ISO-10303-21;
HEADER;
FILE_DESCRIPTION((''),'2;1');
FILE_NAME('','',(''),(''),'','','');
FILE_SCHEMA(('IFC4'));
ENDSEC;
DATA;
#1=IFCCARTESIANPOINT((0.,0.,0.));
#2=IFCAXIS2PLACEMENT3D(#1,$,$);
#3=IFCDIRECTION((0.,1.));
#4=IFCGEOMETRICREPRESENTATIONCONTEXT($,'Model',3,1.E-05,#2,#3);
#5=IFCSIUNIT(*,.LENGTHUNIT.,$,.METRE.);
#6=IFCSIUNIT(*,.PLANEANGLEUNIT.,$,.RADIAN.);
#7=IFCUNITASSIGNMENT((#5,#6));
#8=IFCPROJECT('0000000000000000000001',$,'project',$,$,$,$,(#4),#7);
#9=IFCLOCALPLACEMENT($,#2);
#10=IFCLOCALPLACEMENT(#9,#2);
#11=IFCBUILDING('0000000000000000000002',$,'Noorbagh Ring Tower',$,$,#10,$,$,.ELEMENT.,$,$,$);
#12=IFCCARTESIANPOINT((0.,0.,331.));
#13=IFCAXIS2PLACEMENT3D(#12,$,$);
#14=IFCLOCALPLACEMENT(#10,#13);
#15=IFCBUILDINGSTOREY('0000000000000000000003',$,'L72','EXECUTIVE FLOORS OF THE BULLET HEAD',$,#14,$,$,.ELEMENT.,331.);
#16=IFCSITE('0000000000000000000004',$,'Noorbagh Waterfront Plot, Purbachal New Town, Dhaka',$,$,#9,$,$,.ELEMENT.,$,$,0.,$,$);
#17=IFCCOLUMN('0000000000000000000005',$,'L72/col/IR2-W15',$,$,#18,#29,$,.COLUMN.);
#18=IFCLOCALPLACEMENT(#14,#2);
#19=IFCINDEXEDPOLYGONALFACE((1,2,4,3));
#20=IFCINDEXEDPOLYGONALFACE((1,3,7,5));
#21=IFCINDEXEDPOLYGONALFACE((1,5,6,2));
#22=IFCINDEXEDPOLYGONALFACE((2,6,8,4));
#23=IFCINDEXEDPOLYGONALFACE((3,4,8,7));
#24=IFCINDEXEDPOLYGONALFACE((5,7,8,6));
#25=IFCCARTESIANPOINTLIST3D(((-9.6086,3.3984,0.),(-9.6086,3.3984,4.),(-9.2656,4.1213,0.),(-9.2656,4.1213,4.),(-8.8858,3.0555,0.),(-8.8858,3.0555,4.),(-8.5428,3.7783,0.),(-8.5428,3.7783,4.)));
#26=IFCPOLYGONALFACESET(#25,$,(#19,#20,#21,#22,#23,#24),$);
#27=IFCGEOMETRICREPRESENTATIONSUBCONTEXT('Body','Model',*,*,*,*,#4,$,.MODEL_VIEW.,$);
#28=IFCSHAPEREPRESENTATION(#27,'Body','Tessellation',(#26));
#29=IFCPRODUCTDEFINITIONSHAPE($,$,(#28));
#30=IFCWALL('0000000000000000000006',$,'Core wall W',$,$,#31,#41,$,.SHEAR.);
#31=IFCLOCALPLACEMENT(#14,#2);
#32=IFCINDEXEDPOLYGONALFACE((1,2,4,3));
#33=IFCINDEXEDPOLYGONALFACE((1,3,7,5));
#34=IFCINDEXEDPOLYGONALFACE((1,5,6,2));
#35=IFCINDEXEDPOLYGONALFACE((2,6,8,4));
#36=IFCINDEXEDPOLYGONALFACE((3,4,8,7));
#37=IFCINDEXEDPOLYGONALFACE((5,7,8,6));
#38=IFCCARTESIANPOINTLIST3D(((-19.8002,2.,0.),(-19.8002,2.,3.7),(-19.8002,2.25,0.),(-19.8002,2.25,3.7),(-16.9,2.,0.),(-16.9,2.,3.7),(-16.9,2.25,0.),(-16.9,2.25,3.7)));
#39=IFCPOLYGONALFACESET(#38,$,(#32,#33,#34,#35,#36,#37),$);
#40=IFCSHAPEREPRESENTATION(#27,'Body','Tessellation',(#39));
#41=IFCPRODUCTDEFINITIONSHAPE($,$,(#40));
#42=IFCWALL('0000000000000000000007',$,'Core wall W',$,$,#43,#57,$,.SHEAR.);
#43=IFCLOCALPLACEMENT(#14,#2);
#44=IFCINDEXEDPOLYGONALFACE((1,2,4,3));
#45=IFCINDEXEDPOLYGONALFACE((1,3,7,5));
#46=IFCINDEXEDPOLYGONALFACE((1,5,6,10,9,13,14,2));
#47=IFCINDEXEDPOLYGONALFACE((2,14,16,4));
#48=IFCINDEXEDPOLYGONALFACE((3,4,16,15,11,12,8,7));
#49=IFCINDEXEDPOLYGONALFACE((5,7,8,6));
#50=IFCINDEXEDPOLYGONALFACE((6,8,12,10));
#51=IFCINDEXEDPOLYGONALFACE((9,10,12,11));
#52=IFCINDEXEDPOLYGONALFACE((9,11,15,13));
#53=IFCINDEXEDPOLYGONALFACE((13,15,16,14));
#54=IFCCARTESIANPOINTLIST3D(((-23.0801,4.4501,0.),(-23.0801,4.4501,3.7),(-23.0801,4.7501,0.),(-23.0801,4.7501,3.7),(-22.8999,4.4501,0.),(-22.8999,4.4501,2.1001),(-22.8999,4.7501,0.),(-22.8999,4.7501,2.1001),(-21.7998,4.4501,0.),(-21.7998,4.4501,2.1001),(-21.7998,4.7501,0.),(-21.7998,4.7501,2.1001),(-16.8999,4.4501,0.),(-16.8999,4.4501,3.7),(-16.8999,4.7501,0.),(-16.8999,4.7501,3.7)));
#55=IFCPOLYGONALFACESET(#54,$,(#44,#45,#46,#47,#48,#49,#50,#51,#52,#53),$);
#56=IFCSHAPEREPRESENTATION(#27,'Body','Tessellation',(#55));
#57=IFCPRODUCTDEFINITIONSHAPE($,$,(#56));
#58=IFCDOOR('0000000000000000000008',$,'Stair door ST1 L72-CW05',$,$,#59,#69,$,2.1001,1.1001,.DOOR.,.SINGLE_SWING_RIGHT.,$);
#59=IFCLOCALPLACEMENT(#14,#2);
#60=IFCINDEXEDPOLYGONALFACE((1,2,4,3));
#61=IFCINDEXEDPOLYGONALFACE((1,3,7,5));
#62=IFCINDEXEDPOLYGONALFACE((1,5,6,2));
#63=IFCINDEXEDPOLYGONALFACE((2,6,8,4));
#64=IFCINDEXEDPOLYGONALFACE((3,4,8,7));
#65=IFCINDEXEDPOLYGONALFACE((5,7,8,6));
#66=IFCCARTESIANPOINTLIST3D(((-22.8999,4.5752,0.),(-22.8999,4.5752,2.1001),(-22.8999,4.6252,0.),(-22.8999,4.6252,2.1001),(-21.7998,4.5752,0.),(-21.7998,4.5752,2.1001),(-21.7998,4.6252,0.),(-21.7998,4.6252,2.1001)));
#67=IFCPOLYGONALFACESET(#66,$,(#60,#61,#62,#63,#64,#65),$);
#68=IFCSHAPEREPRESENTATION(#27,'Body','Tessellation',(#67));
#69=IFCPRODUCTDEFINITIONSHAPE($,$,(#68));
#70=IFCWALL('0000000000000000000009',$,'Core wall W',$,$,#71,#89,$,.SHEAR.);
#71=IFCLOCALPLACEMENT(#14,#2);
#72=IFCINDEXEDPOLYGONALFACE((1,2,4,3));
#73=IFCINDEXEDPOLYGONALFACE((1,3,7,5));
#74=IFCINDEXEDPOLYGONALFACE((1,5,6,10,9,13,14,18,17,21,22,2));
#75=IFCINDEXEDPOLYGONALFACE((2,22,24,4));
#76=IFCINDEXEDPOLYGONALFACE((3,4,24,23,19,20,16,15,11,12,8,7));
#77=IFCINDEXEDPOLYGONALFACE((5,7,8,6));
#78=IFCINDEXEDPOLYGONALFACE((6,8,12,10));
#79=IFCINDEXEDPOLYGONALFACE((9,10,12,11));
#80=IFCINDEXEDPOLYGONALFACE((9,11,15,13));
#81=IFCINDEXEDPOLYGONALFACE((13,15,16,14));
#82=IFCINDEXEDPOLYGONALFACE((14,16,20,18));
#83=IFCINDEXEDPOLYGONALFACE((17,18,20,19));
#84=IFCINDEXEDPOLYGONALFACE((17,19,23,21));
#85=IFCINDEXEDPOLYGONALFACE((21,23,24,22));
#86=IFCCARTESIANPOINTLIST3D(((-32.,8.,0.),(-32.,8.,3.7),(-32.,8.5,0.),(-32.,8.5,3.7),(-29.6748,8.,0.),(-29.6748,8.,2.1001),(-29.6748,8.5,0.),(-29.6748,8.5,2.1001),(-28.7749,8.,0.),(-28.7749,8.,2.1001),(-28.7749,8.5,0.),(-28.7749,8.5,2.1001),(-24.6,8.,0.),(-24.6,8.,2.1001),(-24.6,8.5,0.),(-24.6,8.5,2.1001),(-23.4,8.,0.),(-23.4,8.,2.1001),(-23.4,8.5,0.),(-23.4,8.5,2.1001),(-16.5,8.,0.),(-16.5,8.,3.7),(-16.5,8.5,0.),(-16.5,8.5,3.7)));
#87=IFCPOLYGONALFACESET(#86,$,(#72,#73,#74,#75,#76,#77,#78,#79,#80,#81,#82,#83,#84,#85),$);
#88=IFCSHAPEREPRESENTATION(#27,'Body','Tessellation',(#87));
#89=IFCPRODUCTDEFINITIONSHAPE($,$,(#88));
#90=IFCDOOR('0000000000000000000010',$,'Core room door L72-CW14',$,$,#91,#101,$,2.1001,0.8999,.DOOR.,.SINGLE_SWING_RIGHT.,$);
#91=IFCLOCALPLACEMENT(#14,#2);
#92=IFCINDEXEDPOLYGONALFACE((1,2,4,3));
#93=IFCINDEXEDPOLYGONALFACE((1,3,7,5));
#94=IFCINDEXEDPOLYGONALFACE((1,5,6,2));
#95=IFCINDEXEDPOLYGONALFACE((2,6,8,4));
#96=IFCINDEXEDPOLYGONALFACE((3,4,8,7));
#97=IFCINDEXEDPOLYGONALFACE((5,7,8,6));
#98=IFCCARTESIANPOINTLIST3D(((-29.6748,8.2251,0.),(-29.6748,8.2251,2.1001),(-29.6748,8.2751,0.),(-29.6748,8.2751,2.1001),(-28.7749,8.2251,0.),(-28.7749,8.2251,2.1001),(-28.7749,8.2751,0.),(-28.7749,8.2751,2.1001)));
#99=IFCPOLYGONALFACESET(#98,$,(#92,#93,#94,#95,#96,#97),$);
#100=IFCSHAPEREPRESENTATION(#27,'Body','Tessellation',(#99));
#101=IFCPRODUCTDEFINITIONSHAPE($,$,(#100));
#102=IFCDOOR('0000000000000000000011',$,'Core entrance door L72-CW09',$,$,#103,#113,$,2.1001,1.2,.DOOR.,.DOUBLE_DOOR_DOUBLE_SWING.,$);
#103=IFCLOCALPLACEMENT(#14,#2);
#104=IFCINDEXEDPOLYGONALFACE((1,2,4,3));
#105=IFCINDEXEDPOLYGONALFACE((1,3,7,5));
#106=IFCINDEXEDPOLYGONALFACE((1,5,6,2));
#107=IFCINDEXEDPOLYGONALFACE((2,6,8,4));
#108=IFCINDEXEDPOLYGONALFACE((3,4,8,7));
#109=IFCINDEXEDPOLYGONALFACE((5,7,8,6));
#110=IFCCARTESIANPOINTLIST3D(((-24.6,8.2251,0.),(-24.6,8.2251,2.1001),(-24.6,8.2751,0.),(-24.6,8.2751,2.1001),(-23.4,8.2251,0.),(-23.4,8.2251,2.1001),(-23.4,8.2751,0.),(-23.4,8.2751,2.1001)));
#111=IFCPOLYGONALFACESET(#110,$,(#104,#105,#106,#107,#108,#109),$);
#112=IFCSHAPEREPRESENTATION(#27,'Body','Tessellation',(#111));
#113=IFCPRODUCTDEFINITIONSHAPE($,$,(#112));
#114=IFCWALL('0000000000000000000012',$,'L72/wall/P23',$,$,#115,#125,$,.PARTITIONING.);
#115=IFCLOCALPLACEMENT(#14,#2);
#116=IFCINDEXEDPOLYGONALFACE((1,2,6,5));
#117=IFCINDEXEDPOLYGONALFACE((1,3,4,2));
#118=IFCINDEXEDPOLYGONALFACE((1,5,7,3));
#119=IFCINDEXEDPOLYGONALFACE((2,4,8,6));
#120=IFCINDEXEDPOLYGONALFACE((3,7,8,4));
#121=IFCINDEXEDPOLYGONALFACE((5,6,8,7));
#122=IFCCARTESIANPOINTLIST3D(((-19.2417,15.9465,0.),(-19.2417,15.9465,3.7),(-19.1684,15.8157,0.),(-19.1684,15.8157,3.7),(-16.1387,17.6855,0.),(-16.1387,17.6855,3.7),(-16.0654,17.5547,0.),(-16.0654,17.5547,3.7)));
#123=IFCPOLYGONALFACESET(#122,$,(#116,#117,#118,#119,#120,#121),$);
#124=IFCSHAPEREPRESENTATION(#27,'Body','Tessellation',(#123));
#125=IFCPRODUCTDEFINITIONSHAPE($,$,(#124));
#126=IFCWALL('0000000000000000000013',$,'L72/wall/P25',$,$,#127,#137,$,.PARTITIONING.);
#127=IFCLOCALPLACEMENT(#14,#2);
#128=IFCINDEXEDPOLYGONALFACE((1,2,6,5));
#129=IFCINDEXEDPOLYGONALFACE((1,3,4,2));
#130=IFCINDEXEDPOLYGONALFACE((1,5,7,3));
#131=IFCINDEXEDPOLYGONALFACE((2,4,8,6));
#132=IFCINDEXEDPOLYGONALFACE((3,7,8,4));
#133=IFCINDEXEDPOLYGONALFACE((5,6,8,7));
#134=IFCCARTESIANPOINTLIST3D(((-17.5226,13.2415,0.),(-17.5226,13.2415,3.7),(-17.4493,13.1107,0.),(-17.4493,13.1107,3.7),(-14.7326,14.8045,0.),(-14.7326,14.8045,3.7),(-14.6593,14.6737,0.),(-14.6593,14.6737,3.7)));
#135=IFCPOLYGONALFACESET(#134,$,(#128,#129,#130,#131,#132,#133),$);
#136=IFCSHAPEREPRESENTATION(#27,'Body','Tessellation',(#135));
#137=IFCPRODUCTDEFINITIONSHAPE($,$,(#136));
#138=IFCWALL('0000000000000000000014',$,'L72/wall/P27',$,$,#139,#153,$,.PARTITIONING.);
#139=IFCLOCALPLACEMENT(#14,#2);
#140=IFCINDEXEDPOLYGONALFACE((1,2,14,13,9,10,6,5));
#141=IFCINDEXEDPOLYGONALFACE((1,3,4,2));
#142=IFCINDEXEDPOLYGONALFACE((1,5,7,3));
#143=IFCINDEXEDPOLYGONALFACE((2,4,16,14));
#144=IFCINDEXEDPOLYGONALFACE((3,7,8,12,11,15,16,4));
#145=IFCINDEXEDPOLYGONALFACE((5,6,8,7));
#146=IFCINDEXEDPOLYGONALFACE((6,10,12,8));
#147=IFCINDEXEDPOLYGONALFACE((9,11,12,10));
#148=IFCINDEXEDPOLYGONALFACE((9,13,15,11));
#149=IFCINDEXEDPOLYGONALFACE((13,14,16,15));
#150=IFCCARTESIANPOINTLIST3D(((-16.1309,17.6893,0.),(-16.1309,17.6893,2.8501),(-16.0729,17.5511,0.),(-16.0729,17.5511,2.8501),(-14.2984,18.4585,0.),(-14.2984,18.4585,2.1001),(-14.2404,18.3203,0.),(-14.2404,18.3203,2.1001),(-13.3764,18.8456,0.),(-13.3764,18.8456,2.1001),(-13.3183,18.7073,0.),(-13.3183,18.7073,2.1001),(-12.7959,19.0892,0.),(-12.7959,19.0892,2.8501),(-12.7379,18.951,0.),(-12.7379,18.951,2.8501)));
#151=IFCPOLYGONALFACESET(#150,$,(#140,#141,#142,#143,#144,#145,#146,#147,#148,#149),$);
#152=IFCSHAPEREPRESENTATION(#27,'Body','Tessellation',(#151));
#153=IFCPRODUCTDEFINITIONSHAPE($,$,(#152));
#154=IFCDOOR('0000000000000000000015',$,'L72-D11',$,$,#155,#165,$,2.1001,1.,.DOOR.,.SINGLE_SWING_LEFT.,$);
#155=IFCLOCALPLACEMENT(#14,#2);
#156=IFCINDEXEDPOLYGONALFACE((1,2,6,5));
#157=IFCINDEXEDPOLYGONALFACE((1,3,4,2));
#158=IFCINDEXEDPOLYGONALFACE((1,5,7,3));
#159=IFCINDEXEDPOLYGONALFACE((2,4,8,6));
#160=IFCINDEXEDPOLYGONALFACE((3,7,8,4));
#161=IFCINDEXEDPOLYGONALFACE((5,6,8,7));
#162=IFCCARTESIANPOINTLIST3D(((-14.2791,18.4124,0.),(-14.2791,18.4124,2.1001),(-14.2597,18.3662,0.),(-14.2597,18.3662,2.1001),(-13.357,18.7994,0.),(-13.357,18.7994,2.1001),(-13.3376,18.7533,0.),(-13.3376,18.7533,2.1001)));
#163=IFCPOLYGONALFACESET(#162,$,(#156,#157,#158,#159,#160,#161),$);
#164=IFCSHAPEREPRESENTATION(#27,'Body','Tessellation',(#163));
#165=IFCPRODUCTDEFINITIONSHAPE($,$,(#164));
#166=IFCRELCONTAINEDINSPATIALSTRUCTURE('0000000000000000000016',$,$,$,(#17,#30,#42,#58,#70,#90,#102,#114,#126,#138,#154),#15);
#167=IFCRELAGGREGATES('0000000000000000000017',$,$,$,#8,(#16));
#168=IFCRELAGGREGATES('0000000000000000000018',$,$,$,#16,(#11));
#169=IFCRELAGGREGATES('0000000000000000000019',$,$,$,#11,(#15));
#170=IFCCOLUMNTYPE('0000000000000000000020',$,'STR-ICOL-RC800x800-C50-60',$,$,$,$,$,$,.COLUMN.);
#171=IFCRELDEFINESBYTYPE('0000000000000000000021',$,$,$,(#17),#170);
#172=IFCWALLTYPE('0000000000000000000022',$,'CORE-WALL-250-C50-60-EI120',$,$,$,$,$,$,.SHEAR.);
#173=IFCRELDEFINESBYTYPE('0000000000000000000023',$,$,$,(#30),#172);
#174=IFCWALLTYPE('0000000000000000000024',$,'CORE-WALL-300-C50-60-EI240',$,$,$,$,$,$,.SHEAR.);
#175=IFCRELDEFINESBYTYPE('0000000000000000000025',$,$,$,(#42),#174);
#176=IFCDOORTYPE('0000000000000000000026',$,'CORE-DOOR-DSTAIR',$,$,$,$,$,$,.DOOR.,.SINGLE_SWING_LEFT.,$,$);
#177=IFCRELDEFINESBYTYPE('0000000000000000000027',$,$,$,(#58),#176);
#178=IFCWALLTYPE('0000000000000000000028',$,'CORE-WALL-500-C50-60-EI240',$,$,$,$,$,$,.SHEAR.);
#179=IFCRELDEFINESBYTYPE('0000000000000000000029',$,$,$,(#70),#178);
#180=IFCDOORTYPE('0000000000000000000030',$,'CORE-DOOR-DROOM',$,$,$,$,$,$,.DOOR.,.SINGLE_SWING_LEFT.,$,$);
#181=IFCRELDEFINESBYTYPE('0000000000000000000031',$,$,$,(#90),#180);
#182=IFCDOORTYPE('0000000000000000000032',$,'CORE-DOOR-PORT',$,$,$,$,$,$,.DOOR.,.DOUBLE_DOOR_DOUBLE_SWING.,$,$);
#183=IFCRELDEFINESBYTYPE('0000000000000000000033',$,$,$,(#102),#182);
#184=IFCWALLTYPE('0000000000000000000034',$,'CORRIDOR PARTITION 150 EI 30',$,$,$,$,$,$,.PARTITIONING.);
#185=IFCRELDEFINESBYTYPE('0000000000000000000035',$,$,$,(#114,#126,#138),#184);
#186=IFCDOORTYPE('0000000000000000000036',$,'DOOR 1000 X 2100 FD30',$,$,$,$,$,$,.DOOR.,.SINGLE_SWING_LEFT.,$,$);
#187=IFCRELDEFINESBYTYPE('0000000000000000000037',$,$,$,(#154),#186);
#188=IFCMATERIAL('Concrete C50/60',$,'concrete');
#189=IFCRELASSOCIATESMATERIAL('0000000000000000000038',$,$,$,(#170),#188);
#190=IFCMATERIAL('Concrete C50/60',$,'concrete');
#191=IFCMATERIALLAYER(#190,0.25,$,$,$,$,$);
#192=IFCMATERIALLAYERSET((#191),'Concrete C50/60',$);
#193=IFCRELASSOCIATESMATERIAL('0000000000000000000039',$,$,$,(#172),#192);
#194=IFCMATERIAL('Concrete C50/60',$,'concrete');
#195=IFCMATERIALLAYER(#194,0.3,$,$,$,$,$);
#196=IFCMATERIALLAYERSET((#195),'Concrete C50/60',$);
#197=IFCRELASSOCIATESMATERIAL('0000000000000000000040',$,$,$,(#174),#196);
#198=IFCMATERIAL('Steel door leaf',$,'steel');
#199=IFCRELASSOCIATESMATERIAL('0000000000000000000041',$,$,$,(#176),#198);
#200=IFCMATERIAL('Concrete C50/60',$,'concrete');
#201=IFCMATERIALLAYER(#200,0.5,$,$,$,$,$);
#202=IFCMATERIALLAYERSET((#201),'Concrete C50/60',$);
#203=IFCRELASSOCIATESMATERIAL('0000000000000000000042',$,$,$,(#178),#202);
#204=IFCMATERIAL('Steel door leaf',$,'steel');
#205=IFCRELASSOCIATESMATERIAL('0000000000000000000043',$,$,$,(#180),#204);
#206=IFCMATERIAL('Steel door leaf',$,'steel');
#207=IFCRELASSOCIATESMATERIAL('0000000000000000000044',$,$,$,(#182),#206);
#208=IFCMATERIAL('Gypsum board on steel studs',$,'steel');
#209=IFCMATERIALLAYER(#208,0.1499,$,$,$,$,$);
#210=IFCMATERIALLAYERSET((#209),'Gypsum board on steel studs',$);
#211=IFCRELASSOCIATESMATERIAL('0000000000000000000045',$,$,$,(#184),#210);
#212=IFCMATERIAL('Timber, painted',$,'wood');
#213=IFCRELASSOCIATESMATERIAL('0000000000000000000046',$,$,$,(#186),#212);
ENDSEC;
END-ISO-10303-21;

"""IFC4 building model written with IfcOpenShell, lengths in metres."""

from ifc_helpers import new_model, si_unit, direction, frame, frame_2d, origin, origin_2d, place, context, subcontext, project, spatial, rectangle, extrude, material, layer, layer_set, material_profile, profile_set, type_object, element, fill, save


model = new_model("IFC4")

# Units and contexts
model_context = context("Model", 3, precision=1e-05, world=origin(), true_north=direction((0.0, 1.0)))
body_context = subcontext(model_context, "Body", "Model", "MODEL_VIEW")
ifc_project = project(units=[si_unit("LENGTHUNIT", "METRE"), si_unit("PLANEANGLEUNIT", "RADIAN")], contexts=[model_context])

# Site, building, storey
site_placement = place(None, origin())
site = spatial("IfcSite", under=ifc_project, at=site_placement, Name="Noorbagh Waterfront Plot, Purbachal New Town, Dhaka", CompositionType="ELEMENT", RefElevation=0.0)
building_placement = place(site_placement, origin())
building = spatial("IfcBuilding", under=site, at=building_placement, Name="Noorbagh Ring Tower", CompositionType="ELEMENT")
storey_placement = place(building_placement, frame((0.0, 0.0, 331.0)))
storey = spatial("IfcBuildingStorey", under=building, at=storey_placement, Name="L72", Description="EXECUTIVE FLOORS OF THE BULLET HEAD", CompositionType="ELEMENT", Elevation=331.0)

# Column
ifc_material_1 = material(Name="Concrete C50/60", Category="concrete")
ifc_material_profile = material_profile(ifc_material_1, rectangle(XDim=0.8, YDim=0.8, at=origin_2d()), Name="RC800x800")
ifc_profile_set = profile_set([ifc_material_profile], Name="Concrete C50/60")
column_type = type_object("IfcColumnType", Name="STR-ICOL-RC800x800-C50-60", PredefinedType="COLUMN", material=ifc_profile_set)
column_placement = place(storey_placement, frame((-9.0757, 3.5884, 0.0), z_axis=(0.0, 0.0, 1.0), x_axis=(-0.428667, -0.903463, 0.0)))
element("IfcColumn", 1, at=column_placement, inside=storey, type_object=column_type, Name="L72/col/IR2-W15", PredefinedType="COLUMN", context=body_context, shape_type="SweptSolid", body=[
    extrude(rectangle(XDim=0.8, YDim=0.8, at=origin_2d()), origin(), (0.0, 0.0, 1.0), 4.0),
])

# Wall
ifc_material_2 = material(Name="Concrete C50/60", Category="concrete")
ifc_layer_1 = layer(ifc_material_2, 0.25)
ifc_layer_set_1 = layer_set([ifc_layer_1], Name="Concrete C50/60")
wall_type_1 = type_object("IfcWallType", Name="CORE-WALL-250-C50-60-EI120", PredefinedType="SHEAR", material=ifc_layer_set_1)
wall_1_placement = place(storey_placement, frame((-16.8999, 2.125, 0.0), z_axis=(0.0, 0.0, 1.0), x_axis=(-1.0, 0.0, 0.0)))
element("IfcWall", 2, at=wall_1_placement, inside=storey, type_object=wall_type_1, Name="Core wall W", PredefinedType="SHEAR", context=body_context, shape_type="SweptSolid", body=[
    extrude(rectangle(XDim=2.9001, YDim=0.25, at=frame_2d((1.4502, 0.0))), origin(), (0.0, 0.0, 1.0), 3.7),
])

# Wall, opening, door
ifc_material_3 = material(Name="Concrete C50/60", Category="concrete")
ifc_layer_2 = layer(ifc_material_3, 0.3)
ifc_layer_set_2 = layer_set([ifc_layer_2], Name="Concrete C50/60")
wall_type_2 = type_object("IfcWallType", Name="CORE-WALL-300-C50-60-EI240", PredefinedType="SHEAR", material=ifc_layer_set_2)
wall_2_placement = place(storey_placement, frame((-16.8999, 4.6001, 0.0), z_axis=(0.0, 0.0, 1.0), x_axis=(-1.0, 0.0, 0.0)))
wall_2 = element("IfcWall", 3, at=wall_2_placement, inside=storey, type_object=wall_type_2, Name="Core wall W", PredefinedType="SHEAR", context=body_context, shape_type="SweptSolid", body=[
    extrude(rectangle(XDim=6.1802, YDim=0.3, at=frame_2d((3.0901, 0.0))), origin(), (0.0, 0.0, 1.0), 3.7),
])
opening_1_placement = place(wall_2_placement, frame((4.8999, 0.0, 0.0)))
opening_1 = element("IfcOpeningElement", 4, at=opening_1_placement, cuts=wall_2, PredefinedType="OPENING", context=body_context, shape_type="SweptSolid", body=[
    extrude(rectangle(XDim=1.1001, YDim=2.1001, at=frame_2d((0.55, 1.05))), frame((0.0, 0.1602, 0.0), z_axis=(0.0, -1.0, 0.0), x_axis=(1.0, 0.0, 0.0)), (0.0, 0.0, 1.0), 0.3201),
])
ifc_material_4 = material(Name="Steel door leaf", Category="steel")
door_type_1 = type_object("IfcDoorType", Name="CORE-DOOR-DSTAIR", OperationType="SINGLE_SWING_LEFT", PredefinedType="DOOR", material=ifc_material_4)
door_1_placement = place(opening_1_placement, origin())
door_1 = element("IfcDoor", 5, at=door_1_placement, inside=storey, type_object=door_type_1, Name="Stair door ST1 L72-CW05", OperationType="SINGLE_SWING_RIGHT", OverallHeight=2.1001, OverallWidth=1.1001, PredefinedType="DOOR", context=body_context, shape_type="SweptSolid", body=[
    extrude(rectangle(XDim=1.1001, YDim=2.1001, at=frame_2d((0.55, 1.05))), frame((0.0, 0.0249, 0.0), z_axis=(0.0, -1.0, 0.0), x_axis=(1.0, 0.0, 0.0)), (0.0, 0.0, 1.0), 0.05),
])
fill(opening_1, door_1)

# Wall, openings, doors
ifc_material_5 = material(Name="Concrete C50/60", Category="concrete")
ifc_layer_3 = layer(ifc_material_5, 0.5)
ifc_layer_set_3 = layer_set([ifc_layer_3], Name="Concrete C50/60")
wall_type_3 = type_object("IfcWallType", Name="CORE-WALL-500-C50-60-EI240", PredefinedType="SHEAR", material=ifc_layer_set_3)
wall_3_placement = place(storey_placement, frame((-16.5, 8.25, 0.0), z_axis=(0.0, 0.0, 1.0), x_axis=(-1.0, 0.0, 0.0)))
wall_3 = element("IfcWall", 6, at=wall_3_placement, inside=storey, type_object=wall_type_3, Name="Core wall W", PredefinedType="SHEAR", context=body_context, shape_type="SweptSolid", body=[
    extrude(rectangle(XDim=15.5, YDim=0.5, at=frame_2d((7.75, 0.0))), origin(), (0.0, 0.0, 1.0), 3.7),
])
opening_2_placement = place(wall_3_placement, frame((6.8999, 0.0, 0.0)))
opening_2 = element("IfcOpeningElement", 7, at=opening_2_placement, cuts=wall_3, PredefinedType="OPENING", context=body_context, shape_type="SweptSolid", body=[
    extrude(rectangle(XDim=1.2, YDim=2.1001, at=frame_2d((0.6001, 1.05))), frame((0.0, 0.26, 0.0), z_axis=(0.0, -1.0, 0.0), x_axis=(1.0, 0.0, 0.0)), (0.0, 0.0, 1.0), 0.52),
])
opening_3_placement = place(wall_3_placement, frame((12.2749, 0.0, 0.0)))
opening_3 = element("IfcOpeningElement", 8, at=opening_3_placement, cuts=wall_3, PredefinedType="OPENING", context=body_context, shape_type="SweptSolid", body=[
    extrude(rectangle(XDim=0.8999, YDim=2.1001, at=frame_2d((0.45, 1.05))), frame((0.0, 0.26, 0.0), z_axis=(0.0, -1.0, 0.0), x_axis=(1.0, 0.0, 0.0)), (0.0, 0.0, 1.0), 0.52),
])
ifc_material_6 = material(Name="Steel door leaf", Category="steel")
door_type_2 = type_object("IfcDoorType", Name="CORE-DOOR-DROOM", OperationType="SINGLE_SWING_LEFT", PredefinedType="DOOR", material=ifc_material_6)
door_2_placement = place(opening_3_placement, origin())
door_2 = element("IfcDoor", 9, at=door_2_placement, inside=storey, type_object=door_type_2, Name="Core room door L72-CW14", OperationType="SINGLE_SWING_RIGHT", OverallHeight=2.1001, OverallWidth=0.8999, PredefinedType="DOOR", context=body_context, shape_type="SweptSolid", body=[
    extrude(rectangle(XDim=0.8999, YDim=2.1001, at=frame_2d((0.45, 1.05))), frame((0.0, 0.0249, 0.0), z_axis=(0.0, -1.0, 0.0), x_axis=(1.0, 0.0, 0.0)), (0.0, 0.0, 1.0), 0.05),
])
fill(opening_3, door_2)
ifc_material_7 = material(Name="Steel door leaf", Category="steel")
door_type_3 = type_object("IfcDoorType", Name="CORE-DOOR-PORT", OperationType="DOUBLE_DOOR_DOUBLE_SWING", PredefinedType="DOOR", material=ifc_material_7)
door_3_placement = place(opening_2_placement, origin())
door_3 = element("IfcDoor", 10, at=door_3_placement, inside=storey, type_object=door_type_3, Name="Core entrance door L72-CW09", OperationType="DOUBLE_DOOR_DOUBLE_SWING", OverallHeight=2.1001, OverallWidth=1.2, PredefinedType="DOOR", context=body_context, shape_type="SweptSolid", body=[
    extrude(rectangle(XDim=1.2, YDim=2.1001, at=frame_2d((0.6001, 1.05))), frame((0.0, 0.0249, 0.0), z_axis=(0.0, -1.0, 0.0), x_axis=(1.0, 0.0, 0.0)), (0.0, 0.0, 1.0), 0.05),
])
fill(opening_2, door_3)

# Walls
ifc_material_8 = material(Name="Gypsum board on steel studs", Category="steel")
ifc_layer_4 = layer(ifc_material_8, 0.1499)
ifc_layer_set_4 = layer_set([ifc_layer_4], Name="Gypsum board on steel studs")
wall_type_4 = type_object("IfcWallType", Name="CORRIDOR PARTITION 150 EI 30", PredefinedType="PARTITIONING", material=ifc_layer_set_4)
wall_4_placement = place(storey_placement, frame((-19.2051, 15.8811, 0.0), z_axis=(0.0, 0.0, 1.0), x_axis=(0.872348, 0.488885, 0.0)))
element("IfcWall", 11, at=wall_4_placement, inside=storey, type_object=wall_type_4, Name="L72/wall/P23", PredefinedType="PARTITIONING", context=body_context, shape_type="SweptSolid", body=[
    extrude(rectangle(XDim=3.5571, YDim=0.1499, at=frame_2d((1.7786, 0.0))), origin(), (0.0, 0.0, 1.0), 3.7),
])
wall_5_placement = place(storey_placement, frame((-17.4861, 13.176, 0.0), z_axis=(0.0, 0.0, 1.0), x_axis=(0.872431, 0.488738, 0.0)))
element("IfcWall", 12, at=wall_5_placement, inside=storey, type_object=wall_type_4, Name="L72/wall/P25", PredefinedType="PARTITIONING", context=body_context, shape_type="SweptSolid", body=[
    extrude(rectangle(XDim=3.198, YDim=0.1499, at=frame_2d((1.5991, 0.0))), origin(), (0.0, 0.0, 1.0), 3.7),
])

# Wall, opening, door
wall_6_placement = place(storey_placement, frame((-16.1021, 17.6201, 0.0), z_axis=(0.0, 0.0, 1.0), x_axis=(0.922059, 0.387049, 0.0)))
wall_6 = element("IfcWall", 13, at=wall_6_placement, inside=storey, type_object=wall_type_4, Name="L72/wall/P27", PredefinedType="PARTITIONING", context=body_context, shape_type="SweptSolid", body=[
    extrude(rectangle(XDim=3.6169, YDim=0.1499, at=frame_2d((1.8086, 0.0))), origin(), (0.0, 0.0, 1.0), 2.8501),
])
opening_4_placement = place(wall_6_placement, frame((1.9875, 0.0, 0.0)))
opening_4 = element("IfcOpeningElement", 14, at=opening_4_placement, cuts=wall_6, PredefinedType="OPENING", context=body_context, shape_type="SweptSolid", body=[
    extrude(rectangle(XDim=1.0, YDim=2.1001, at=frame_2d((0.5, 1.05))), frame((0.0, 0.085, 0.0), z_axis=(0.0, -1.0, 0.0), x_axis=(1.0, 0.0, 0.0)), (0.0, 0.0, 1.0), 0.1699),
])
ifc_material_9 = material(Name="Timber, painted", Category="wood")
door_type_4 = type_object("IfcDoorType", Name="DOOR 1000 X 2100 FD30", OperationType="SINGLE_SWING_LEFT", PredefinedType="DOOR", material=ifc_material_9)
door_4_placement = place(opening_4_placement, origin())
door_4 = element("IfcDoor", 15, at=door_4_placement, inside=storey, type_object=door_type_4, Name="L72-D11", OperationType="SINGLE_SWING_LEFT", OverallHeight=2.1001, OverallWidth=1.0, PredefinedType="DOOR", context=body_context, shape_type="SweptSolid", body=[
    extrude(rectangle(XDim=1.0, YDim=2.1001, at=frame_2d((0.5, 1.05))), frame((0.0, 0.0249, 0.0), z_axis=(0.0, -1.0, 0.0), x_axis=(1.0, 0.0, 0.0)), (0.0, 0.0, 1.0), 0.05),
])
fill(opening_4, door_4)

save(model, "model.ifc")
